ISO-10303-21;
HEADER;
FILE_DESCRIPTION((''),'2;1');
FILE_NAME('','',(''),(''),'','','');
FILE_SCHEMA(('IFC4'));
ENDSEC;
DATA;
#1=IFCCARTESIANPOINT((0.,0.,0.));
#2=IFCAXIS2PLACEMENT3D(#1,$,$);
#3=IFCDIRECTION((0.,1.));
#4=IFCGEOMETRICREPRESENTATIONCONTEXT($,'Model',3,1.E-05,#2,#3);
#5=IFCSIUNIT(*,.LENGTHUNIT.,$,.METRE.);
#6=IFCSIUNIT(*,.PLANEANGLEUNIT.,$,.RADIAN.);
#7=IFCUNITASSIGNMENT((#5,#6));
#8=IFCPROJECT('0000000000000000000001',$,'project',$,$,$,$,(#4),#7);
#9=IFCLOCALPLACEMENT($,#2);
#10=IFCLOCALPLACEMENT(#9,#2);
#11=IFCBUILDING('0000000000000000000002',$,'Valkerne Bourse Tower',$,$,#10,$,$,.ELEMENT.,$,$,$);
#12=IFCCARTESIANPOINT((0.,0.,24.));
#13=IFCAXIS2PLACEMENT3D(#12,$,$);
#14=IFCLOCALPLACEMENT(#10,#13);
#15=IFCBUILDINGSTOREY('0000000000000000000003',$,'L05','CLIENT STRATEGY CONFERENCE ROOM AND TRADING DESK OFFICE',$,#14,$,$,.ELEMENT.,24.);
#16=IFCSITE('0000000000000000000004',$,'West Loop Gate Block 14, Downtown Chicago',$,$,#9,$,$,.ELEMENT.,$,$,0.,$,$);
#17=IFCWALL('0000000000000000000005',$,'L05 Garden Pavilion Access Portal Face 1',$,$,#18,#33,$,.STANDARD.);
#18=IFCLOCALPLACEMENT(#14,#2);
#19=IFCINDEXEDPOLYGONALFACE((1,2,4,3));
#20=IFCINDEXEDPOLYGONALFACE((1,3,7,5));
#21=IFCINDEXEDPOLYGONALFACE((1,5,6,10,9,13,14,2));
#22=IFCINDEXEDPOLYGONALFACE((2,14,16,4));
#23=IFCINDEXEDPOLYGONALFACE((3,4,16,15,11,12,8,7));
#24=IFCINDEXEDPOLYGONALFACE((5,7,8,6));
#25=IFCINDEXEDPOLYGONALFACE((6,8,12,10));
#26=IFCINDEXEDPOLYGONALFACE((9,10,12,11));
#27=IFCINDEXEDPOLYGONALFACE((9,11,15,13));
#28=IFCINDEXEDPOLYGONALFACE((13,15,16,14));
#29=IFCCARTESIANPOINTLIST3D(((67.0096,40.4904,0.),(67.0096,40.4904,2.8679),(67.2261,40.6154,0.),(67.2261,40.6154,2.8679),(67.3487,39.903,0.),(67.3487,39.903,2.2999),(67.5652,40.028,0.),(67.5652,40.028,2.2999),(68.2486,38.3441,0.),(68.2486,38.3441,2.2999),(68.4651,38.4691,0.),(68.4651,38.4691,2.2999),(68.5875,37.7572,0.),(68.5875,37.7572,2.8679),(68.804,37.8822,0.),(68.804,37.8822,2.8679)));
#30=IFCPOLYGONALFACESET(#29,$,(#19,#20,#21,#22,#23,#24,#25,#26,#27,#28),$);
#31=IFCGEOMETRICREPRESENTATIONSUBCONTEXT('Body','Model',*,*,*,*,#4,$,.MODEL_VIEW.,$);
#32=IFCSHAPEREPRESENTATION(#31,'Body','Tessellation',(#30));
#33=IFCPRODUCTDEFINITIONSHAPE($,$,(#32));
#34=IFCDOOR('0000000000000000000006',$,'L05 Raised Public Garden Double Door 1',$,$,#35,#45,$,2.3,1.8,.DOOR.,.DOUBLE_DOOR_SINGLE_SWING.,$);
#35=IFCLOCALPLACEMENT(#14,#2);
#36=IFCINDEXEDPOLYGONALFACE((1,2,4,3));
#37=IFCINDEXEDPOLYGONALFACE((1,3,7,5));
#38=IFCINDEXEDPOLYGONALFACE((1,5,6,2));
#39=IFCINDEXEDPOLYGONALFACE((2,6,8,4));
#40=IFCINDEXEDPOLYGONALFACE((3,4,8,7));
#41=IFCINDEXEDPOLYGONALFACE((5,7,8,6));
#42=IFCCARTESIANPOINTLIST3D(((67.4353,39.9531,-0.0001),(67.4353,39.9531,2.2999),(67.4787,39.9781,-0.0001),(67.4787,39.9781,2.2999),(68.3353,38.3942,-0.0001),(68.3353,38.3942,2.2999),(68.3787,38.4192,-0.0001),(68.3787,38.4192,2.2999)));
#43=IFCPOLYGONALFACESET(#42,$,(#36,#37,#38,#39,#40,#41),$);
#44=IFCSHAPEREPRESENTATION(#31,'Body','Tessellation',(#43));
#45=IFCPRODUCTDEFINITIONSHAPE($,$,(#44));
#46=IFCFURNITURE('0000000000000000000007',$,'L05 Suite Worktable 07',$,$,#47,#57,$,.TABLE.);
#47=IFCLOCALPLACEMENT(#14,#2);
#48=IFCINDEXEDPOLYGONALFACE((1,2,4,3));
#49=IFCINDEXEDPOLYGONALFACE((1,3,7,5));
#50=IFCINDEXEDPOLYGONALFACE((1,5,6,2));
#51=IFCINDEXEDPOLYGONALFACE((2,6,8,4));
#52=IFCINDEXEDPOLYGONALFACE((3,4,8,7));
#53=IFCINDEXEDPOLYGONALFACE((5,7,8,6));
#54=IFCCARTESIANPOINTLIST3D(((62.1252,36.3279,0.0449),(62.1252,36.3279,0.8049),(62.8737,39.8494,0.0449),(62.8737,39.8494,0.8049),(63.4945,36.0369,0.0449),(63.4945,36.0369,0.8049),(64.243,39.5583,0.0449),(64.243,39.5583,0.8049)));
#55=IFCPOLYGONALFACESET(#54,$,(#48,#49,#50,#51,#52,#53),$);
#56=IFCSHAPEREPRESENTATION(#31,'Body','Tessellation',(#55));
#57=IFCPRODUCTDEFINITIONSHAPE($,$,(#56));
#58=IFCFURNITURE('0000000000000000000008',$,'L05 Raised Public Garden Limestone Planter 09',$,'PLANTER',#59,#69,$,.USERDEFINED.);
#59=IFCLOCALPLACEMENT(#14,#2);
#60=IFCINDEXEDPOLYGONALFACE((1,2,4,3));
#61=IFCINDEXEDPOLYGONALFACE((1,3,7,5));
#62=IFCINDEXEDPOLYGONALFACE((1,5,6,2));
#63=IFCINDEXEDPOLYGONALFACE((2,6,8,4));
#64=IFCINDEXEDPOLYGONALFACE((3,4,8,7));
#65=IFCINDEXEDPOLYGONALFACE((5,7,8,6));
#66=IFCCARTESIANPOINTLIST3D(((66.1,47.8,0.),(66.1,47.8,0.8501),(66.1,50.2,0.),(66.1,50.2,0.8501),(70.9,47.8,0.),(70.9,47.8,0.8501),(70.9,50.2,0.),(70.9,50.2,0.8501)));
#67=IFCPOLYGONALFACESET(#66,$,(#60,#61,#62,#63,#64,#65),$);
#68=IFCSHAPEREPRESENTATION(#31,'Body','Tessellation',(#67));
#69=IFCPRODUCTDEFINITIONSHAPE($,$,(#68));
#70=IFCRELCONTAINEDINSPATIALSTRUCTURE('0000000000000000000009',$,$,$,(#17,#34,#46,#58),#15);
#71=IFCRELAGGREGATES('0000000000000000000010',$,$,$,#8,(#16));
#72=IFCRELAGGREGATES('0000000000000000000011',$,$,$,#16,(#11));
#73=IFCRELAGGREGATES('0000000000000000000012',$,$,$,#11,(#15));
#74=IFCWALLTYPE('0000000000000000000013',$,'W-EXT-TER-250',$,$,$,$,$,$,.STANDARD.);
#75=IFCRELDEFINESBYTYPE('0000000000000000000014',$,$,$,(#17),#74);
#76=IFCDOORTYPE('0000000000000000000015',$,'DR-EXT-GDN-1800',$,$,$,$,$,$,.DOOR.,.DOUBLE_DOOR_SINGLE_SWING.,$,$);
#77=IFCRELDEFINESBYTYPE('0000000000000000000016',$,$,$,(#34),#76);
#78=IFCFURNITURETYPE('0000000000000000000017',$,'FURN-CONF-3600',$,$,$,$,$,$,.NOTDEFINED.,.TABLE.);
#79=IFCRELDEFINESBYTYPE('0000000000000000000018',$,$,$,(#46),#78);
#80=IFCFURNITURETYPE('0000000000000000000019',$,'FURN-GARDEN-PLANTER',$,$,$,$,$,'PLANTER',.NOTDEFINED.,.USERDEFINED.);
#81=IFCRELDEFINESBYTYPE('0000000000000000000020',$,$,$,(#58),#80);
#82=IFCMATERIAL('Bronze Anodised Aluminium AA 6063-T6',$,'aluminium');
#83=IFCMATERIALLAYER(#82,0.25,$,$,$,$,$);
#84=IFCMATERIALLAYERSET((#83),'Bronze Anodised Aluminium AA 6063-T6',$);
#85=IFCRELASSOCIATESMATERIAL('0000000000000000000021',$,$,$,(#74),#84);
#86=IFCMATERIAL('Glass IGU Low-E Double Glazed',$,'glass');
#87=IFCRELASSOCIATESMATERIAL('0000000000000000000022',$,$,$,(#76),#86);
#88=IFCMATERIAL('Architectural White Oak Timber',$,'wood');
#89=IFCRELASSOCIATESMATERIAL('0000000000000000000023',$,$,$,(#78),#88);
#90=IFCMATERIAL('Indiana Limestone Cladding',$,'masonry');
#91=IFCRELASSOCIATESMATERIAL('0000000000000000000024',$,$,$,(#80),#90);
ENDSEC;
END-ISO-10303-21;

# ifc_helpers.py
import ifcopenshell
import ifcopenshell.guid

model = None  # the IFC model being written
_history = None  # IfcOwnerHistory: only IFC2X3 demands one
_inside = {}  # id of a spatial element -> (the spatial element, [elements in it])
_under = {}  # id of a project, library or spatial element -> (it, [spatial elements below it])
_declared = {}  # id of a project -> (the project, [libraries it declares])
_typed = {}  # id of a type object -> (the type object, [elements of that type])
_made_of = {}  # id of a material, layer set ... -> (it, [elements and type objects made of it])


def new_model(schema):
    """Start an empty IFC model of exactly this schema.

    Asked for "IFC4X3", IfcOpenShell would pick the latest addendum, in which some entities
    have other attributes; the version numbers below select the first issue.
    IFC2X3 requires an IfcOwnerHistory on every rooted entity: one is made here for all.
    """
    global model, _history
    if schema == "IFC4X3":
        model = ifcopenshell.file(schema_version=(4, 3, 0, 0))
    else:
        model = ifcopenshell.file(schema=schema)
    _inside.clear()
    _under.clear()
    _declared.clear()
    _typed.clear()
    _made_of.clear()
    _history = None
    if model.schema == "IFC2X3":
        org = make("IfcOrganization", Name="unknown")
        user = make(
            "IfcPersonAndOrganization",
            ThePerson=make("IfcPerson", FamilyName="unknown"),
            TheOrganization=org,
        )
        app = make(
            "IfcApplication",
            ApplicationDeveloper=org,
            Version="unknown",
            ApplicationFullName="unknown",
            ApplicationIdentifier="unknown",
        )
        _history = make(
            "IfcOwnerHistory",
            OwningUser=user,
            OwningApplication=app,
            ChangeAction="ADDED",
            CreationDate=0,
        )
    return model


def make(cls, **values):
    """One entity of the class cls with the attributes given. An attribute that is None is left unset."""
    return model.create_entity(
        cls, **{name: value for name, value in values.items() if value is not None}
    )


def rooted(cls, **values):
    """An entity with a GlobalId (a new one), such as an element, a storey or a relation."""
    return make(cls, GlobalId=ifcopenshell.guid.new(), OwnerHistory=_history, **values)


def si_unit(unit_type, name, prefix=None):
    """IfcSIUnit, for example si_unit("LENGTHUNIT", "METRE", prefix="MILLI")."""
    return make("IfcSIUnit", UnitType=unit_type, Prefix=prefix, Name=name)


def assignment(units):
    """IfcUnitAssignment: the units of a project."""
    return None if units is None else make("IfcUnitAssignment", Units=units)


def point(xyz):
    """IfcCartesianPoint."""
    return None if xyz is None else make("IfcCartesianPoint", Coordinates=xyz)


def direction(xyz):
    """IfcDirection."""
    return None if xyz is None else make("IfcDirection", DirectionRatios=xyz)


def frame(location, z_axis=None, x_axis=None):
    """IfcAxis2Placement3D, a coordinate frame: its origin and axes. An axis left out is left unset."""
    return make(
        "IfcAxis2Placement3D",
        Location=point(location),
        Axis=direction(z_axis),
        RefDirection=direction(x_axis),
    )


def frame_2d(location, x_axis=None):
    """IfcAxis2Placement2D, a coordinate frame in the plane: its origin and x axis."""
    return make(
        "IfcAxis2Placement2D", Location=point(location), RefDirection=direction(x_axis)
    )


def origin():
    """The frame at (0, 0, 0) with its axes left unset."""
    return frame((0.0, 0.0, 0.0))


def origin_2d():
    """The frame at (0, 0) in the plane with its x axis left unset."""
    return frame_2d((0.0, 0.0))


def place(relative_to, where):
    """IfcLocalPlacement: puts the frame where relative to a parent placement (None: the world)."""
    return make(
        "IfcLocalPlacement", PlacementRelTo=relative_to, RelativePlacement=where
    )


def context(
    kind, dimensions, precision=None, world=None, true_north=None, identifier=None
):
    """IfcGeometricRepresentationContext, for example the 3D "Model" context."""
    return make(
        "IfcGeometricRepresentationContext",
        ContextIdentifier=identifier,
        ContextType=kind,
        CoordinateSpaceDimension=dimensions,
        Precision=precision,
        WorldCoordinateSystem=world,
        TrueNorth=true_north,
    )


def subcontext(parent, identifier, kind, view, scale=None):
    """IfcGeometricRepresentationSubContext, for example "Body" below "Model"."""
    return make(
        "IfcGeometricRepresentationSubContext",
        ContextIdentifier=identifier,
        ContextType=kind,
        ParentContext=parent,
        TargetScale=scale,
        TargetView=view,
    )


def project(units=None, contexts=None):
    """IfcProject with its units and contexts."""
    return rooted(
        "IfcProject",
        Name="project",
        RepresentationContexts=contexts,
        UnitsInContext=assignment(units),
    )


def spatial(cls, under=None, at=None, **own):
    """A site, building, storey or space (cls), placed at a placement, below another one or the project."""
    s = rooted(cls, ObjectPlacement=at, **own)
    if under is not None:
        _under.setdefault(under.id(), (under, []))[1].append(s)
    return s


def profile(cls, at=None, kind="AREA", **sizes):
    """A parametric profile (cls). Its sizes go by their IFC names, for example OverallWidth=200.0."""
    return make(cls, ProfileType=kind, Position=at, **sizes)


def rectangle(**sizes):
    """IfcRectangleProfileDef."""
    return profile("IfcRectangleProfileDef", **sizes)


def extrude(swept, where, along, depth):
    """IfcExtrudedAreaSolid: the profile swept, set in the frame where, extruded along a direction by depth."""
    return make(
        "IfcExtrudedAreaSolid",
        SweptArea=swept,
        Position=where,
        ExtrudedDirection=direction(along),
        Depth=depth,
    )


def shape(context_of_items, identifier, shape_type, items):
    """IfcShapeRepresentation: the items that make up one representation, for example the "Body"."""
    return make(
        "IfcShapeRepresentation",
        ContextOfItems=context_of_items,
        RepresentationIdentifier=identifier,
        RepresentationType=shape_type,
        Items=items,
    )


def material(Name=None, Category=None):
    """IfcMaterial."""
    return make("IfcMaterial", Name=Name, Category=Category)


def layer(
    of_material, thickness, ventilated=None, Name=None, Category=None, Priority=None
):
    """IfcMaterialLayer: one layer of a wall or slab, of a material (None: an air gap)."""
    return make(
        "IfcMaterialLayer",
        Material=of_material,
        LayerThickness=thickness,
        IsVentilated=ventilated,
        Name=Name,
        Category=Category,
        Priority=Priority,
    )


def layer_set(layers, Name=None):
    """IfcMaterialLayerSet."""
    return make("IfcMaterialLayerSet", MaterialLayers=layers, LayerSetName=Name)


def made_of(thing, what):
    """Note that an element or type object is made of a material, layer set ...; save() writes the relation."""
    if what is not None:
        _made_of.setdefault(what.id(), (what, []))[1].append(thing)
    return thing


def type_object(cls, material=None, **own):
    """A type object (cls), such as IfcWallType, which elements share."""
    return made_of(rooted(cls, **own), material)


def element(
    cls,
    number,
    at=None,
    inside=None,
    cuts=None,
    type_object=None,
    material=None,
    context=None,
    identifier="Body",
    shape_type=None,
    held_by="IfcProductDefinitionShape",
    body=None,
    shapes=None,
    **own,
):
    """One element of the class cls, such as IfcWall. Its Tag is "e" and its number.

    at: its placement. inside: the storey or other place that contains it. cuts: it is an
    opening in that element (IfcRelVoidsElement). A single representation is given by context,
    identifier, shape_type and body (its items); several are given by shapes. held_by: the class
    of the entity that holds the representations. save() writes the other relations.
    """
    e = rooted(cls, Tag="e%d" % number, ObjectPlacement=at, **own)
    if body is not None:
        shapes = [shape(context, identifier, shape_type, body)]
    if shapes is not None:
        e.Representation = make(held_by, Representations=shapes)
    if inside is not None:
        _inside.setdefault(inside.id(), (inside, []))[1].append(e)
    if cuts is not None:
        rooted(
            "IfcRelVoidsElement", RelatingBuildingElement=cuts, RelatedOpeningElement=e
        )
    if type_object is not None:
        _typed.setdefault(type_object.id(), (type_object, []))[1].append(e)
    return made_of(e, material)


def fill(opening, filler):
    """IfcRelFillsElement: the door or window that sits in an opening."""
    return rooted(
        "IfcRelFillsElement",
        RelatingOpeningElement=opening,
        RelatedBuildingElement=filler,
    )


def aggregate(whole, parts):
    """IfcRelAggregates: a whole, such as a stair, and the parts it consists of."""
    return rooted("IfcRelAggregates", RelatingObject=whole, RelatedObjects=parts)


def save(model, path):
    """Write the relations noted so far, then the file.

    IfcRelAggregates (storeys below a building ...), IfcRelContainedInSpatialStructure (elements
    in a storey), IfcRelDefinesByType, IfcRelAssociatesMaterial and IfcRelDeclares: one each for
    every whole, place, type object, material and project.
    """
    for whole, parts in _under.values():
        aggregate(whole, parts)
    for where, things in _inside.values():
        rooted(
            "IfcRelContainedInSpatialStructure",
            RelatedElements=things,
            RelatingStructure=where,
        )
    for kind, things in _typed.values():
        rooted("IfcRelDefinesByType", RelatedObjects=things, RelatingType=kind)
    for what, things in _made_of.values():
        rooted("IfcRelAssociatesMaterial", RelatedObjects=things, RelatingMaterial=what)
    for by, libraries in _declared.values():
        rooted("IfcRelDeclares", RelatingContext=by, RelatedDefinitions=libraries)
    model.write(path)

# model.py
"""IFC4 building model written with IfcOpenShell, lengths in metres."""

from ifc_helpers import new_model, si_unit, direction, frame, frame_2d, origin, origin_2d, place, context, subcontext, project, spatial, rectangle, extrude, material, layer, layer_set, type_object, element, fill, save


model = new_model("IFC4")

# Units and contexts
model_context = context("Model", 3, precision=1e-05, world=origin(), true_north=direction((0.0, 1.0)))
body_context = subcontext(model_context, "Body", "Model", "MODEL_VIEW")
ifc_project = project(units=[si_unit("LENGTHUNIT", "METRE"), si_unit("PLANEANGLEUNIT", "RADIAN")], contexts=[model_context])

# Site, building, storey
site_placement = place(None, origin())
site = spatial("IfcSite", under=ifc_project, at=site_placement, Name="West Loop Gate Block 14, Downtown Chicago", CompositionType="ELEMENT", RefElevation=0.0)
building_placement = place(site_placement, origin())
building = spatial("IfcBuilding", under=site, at=building_placement, Name="Valkerne Bourse Tower", CompositionType="ELEMENT")
storey_placement = place(building_placement, frame((0.0, 0.0, 24.0)))
storey = spatial("IfcBuildingStorey", under=building, at=storey_placement, Name="L05", Description="CLIENT STRATEGY CONFERENCE ROOM AND TRADING DESK OFFICE", CompositionType="ELEMENT", Elevation=24.0)

# Shared definitions
ifc_material_1 = material(Name="Bronze Anodised Aluminium AA 6063-T6", Category="aluminium")

# Shared definitions
ifc_material_2 = material(Name="Glass IGU Low-E Double Glazed", Category="glass")

# Wall, opening, door
ifc_layer_1 = layer(ifc_material_1, 0.25)
ifc_layer_set_1 = layer_set([ifc_layer_1], Name="Bronze Anodised Aluminium AA 6063-T6")
wall_type_1 = type_object("IfcWallType", Name="W-EXT-TER-250", PredefinedType="STANDARD", material=ifc_layer_set_1)
wall_1_placement = place(storey_placement, frame((68.6958, 37.8196, 0.0), z_axis=(0.0, 0.0, 1.0), x_axis=(-0.499975, 0.86604, 0.0)))
wall_1 = element("IfcWall", 1, at=wall_1_placement, inside=storey, type_object=wall_type_1, Name="L05 Garden Pavilion Access Portal Face 1", PredefinedType="STANDARD", context=body_context, shape_type="SweptSolid", body=[
    extrude(rectangle(XDim=3.156, YDim=0.25, at=frame_2d((1.5781, 0.0))), origin(), (0.0, 0.0, 1.0), 2.8679),
])
opening_placement = place(wall_1_placement, frame((0.678, 0.0, 0.0)))
opening = element("IfcOpeningElement", 2, at=opening_placement, cuts=wall_1, PredefinedType="OPENING", context=body_context, shape_type="SweptSolid", body=[
    extrude(rectangle(XDim=1.8, YDim=2.3, at=frame_2d((0.8999, 1.1499))), frame((0.0, 0.135, 0.0), z_axis=(0.0, -1.0, 0.0), x_axis=(1.0, 0.0, 0.0)), (0.0, 0.0, 1.0), 0.27),
])
door_type = type_object("IfcDoorType", Name="DR-EXT-GDN-1800", OperationType="DOUBLE_DOOR_SINGLE_SWING", PredefinedType="DOOR", material=ifc_material_2)
door_placement = place(opening_placement, origin())
door = element("IfcDoor", 3, at=door_placement, inside=storey, type_object=door_type, Name="L05 Raised Public Garden Double Door 1", OperationType="DOUBLE_DOOR_SINGLE_SWING", OverallHeight=2.3, OverallWidth=1.8, PredefinedType="DOOR", context=body_context, shape_type="SweptSolid", body=[
    extrude(rectangle(XDim=1.8, YDim=2.3, at=frame_2d((0.8999, 1.1499))), frame((0.0, 0.0249, 0.0), z_axis=(0.0, -1.0, 0.0), x_axis=(1.0, 0.0, 0.0)), (0.0, 0.0, 1.0), 0.05),
])
fill(opening, door)

# Furniture
ifc_material_3 = material(Name="Architectural White Oak Timber", Category="wood")
furniture_type_1 = type_object("IfcFurnitureType", Name="FURN-CONF-3600", AssemblyPlace="NOTDEFINED", PredefinedType="TABLE", material=ifc_material_3)
furniture_1_placement = place(storey_placement, frame((63.1841, 37.9431, 0.0449), z_axis=(0.0, 0.0, 1.0), x_axis=(0.207912, 0.978148, 0.0)))
element("IfcFurniture", 4, at=furniture_1_placement, inside=storey, type_object=furniture_type_1, Name="L05 Suite Worktable 07", PredefinedType="TABLE", context=body_context, shape_type="SweptSolid", body=[
    extrude(rectangle(XDim=3.6001, YDim=1.3999, at=origin_2d()), origin(), (0.0, 0.0, 1.0), 0.76),
])
ifc_material_4 = material(Name="Indiana Limestone Cladding", Category="masonry")
furniture_type_2 = type_object("IfcFurnitureType", Name="FURN-GARDEN-PLANTER", ElementType="PLANTER", AssemblyPlace="NOTDEFINED", PredefinedType="USERDEFINED", material=ifc_material_4)
furniture_2_placement = place(storey_placement, frame((68.5, 49.0, 0.0), z_axis=(0.0, 0.0, 1.0), x_axis=(1.0, 0.0, 0.0)))
element("IfcFurniture", 5, at=furniture_2_placement, inside=storey, type_object=furniture_type_2, Name="L05 Raised Public Garden Limestone Planter 09", ObjectType="PLANTER", PredefinedType="USERDEFINED", context=body_context, shape_type="SweptSolid", body=[
    extrude(rectangle(XDim=4.8, YDim=2.3999, at=origin_2d()), origin(), (0.0, 0.0, 1.0), 0.8501),
])

save(model, "model.ifc")
